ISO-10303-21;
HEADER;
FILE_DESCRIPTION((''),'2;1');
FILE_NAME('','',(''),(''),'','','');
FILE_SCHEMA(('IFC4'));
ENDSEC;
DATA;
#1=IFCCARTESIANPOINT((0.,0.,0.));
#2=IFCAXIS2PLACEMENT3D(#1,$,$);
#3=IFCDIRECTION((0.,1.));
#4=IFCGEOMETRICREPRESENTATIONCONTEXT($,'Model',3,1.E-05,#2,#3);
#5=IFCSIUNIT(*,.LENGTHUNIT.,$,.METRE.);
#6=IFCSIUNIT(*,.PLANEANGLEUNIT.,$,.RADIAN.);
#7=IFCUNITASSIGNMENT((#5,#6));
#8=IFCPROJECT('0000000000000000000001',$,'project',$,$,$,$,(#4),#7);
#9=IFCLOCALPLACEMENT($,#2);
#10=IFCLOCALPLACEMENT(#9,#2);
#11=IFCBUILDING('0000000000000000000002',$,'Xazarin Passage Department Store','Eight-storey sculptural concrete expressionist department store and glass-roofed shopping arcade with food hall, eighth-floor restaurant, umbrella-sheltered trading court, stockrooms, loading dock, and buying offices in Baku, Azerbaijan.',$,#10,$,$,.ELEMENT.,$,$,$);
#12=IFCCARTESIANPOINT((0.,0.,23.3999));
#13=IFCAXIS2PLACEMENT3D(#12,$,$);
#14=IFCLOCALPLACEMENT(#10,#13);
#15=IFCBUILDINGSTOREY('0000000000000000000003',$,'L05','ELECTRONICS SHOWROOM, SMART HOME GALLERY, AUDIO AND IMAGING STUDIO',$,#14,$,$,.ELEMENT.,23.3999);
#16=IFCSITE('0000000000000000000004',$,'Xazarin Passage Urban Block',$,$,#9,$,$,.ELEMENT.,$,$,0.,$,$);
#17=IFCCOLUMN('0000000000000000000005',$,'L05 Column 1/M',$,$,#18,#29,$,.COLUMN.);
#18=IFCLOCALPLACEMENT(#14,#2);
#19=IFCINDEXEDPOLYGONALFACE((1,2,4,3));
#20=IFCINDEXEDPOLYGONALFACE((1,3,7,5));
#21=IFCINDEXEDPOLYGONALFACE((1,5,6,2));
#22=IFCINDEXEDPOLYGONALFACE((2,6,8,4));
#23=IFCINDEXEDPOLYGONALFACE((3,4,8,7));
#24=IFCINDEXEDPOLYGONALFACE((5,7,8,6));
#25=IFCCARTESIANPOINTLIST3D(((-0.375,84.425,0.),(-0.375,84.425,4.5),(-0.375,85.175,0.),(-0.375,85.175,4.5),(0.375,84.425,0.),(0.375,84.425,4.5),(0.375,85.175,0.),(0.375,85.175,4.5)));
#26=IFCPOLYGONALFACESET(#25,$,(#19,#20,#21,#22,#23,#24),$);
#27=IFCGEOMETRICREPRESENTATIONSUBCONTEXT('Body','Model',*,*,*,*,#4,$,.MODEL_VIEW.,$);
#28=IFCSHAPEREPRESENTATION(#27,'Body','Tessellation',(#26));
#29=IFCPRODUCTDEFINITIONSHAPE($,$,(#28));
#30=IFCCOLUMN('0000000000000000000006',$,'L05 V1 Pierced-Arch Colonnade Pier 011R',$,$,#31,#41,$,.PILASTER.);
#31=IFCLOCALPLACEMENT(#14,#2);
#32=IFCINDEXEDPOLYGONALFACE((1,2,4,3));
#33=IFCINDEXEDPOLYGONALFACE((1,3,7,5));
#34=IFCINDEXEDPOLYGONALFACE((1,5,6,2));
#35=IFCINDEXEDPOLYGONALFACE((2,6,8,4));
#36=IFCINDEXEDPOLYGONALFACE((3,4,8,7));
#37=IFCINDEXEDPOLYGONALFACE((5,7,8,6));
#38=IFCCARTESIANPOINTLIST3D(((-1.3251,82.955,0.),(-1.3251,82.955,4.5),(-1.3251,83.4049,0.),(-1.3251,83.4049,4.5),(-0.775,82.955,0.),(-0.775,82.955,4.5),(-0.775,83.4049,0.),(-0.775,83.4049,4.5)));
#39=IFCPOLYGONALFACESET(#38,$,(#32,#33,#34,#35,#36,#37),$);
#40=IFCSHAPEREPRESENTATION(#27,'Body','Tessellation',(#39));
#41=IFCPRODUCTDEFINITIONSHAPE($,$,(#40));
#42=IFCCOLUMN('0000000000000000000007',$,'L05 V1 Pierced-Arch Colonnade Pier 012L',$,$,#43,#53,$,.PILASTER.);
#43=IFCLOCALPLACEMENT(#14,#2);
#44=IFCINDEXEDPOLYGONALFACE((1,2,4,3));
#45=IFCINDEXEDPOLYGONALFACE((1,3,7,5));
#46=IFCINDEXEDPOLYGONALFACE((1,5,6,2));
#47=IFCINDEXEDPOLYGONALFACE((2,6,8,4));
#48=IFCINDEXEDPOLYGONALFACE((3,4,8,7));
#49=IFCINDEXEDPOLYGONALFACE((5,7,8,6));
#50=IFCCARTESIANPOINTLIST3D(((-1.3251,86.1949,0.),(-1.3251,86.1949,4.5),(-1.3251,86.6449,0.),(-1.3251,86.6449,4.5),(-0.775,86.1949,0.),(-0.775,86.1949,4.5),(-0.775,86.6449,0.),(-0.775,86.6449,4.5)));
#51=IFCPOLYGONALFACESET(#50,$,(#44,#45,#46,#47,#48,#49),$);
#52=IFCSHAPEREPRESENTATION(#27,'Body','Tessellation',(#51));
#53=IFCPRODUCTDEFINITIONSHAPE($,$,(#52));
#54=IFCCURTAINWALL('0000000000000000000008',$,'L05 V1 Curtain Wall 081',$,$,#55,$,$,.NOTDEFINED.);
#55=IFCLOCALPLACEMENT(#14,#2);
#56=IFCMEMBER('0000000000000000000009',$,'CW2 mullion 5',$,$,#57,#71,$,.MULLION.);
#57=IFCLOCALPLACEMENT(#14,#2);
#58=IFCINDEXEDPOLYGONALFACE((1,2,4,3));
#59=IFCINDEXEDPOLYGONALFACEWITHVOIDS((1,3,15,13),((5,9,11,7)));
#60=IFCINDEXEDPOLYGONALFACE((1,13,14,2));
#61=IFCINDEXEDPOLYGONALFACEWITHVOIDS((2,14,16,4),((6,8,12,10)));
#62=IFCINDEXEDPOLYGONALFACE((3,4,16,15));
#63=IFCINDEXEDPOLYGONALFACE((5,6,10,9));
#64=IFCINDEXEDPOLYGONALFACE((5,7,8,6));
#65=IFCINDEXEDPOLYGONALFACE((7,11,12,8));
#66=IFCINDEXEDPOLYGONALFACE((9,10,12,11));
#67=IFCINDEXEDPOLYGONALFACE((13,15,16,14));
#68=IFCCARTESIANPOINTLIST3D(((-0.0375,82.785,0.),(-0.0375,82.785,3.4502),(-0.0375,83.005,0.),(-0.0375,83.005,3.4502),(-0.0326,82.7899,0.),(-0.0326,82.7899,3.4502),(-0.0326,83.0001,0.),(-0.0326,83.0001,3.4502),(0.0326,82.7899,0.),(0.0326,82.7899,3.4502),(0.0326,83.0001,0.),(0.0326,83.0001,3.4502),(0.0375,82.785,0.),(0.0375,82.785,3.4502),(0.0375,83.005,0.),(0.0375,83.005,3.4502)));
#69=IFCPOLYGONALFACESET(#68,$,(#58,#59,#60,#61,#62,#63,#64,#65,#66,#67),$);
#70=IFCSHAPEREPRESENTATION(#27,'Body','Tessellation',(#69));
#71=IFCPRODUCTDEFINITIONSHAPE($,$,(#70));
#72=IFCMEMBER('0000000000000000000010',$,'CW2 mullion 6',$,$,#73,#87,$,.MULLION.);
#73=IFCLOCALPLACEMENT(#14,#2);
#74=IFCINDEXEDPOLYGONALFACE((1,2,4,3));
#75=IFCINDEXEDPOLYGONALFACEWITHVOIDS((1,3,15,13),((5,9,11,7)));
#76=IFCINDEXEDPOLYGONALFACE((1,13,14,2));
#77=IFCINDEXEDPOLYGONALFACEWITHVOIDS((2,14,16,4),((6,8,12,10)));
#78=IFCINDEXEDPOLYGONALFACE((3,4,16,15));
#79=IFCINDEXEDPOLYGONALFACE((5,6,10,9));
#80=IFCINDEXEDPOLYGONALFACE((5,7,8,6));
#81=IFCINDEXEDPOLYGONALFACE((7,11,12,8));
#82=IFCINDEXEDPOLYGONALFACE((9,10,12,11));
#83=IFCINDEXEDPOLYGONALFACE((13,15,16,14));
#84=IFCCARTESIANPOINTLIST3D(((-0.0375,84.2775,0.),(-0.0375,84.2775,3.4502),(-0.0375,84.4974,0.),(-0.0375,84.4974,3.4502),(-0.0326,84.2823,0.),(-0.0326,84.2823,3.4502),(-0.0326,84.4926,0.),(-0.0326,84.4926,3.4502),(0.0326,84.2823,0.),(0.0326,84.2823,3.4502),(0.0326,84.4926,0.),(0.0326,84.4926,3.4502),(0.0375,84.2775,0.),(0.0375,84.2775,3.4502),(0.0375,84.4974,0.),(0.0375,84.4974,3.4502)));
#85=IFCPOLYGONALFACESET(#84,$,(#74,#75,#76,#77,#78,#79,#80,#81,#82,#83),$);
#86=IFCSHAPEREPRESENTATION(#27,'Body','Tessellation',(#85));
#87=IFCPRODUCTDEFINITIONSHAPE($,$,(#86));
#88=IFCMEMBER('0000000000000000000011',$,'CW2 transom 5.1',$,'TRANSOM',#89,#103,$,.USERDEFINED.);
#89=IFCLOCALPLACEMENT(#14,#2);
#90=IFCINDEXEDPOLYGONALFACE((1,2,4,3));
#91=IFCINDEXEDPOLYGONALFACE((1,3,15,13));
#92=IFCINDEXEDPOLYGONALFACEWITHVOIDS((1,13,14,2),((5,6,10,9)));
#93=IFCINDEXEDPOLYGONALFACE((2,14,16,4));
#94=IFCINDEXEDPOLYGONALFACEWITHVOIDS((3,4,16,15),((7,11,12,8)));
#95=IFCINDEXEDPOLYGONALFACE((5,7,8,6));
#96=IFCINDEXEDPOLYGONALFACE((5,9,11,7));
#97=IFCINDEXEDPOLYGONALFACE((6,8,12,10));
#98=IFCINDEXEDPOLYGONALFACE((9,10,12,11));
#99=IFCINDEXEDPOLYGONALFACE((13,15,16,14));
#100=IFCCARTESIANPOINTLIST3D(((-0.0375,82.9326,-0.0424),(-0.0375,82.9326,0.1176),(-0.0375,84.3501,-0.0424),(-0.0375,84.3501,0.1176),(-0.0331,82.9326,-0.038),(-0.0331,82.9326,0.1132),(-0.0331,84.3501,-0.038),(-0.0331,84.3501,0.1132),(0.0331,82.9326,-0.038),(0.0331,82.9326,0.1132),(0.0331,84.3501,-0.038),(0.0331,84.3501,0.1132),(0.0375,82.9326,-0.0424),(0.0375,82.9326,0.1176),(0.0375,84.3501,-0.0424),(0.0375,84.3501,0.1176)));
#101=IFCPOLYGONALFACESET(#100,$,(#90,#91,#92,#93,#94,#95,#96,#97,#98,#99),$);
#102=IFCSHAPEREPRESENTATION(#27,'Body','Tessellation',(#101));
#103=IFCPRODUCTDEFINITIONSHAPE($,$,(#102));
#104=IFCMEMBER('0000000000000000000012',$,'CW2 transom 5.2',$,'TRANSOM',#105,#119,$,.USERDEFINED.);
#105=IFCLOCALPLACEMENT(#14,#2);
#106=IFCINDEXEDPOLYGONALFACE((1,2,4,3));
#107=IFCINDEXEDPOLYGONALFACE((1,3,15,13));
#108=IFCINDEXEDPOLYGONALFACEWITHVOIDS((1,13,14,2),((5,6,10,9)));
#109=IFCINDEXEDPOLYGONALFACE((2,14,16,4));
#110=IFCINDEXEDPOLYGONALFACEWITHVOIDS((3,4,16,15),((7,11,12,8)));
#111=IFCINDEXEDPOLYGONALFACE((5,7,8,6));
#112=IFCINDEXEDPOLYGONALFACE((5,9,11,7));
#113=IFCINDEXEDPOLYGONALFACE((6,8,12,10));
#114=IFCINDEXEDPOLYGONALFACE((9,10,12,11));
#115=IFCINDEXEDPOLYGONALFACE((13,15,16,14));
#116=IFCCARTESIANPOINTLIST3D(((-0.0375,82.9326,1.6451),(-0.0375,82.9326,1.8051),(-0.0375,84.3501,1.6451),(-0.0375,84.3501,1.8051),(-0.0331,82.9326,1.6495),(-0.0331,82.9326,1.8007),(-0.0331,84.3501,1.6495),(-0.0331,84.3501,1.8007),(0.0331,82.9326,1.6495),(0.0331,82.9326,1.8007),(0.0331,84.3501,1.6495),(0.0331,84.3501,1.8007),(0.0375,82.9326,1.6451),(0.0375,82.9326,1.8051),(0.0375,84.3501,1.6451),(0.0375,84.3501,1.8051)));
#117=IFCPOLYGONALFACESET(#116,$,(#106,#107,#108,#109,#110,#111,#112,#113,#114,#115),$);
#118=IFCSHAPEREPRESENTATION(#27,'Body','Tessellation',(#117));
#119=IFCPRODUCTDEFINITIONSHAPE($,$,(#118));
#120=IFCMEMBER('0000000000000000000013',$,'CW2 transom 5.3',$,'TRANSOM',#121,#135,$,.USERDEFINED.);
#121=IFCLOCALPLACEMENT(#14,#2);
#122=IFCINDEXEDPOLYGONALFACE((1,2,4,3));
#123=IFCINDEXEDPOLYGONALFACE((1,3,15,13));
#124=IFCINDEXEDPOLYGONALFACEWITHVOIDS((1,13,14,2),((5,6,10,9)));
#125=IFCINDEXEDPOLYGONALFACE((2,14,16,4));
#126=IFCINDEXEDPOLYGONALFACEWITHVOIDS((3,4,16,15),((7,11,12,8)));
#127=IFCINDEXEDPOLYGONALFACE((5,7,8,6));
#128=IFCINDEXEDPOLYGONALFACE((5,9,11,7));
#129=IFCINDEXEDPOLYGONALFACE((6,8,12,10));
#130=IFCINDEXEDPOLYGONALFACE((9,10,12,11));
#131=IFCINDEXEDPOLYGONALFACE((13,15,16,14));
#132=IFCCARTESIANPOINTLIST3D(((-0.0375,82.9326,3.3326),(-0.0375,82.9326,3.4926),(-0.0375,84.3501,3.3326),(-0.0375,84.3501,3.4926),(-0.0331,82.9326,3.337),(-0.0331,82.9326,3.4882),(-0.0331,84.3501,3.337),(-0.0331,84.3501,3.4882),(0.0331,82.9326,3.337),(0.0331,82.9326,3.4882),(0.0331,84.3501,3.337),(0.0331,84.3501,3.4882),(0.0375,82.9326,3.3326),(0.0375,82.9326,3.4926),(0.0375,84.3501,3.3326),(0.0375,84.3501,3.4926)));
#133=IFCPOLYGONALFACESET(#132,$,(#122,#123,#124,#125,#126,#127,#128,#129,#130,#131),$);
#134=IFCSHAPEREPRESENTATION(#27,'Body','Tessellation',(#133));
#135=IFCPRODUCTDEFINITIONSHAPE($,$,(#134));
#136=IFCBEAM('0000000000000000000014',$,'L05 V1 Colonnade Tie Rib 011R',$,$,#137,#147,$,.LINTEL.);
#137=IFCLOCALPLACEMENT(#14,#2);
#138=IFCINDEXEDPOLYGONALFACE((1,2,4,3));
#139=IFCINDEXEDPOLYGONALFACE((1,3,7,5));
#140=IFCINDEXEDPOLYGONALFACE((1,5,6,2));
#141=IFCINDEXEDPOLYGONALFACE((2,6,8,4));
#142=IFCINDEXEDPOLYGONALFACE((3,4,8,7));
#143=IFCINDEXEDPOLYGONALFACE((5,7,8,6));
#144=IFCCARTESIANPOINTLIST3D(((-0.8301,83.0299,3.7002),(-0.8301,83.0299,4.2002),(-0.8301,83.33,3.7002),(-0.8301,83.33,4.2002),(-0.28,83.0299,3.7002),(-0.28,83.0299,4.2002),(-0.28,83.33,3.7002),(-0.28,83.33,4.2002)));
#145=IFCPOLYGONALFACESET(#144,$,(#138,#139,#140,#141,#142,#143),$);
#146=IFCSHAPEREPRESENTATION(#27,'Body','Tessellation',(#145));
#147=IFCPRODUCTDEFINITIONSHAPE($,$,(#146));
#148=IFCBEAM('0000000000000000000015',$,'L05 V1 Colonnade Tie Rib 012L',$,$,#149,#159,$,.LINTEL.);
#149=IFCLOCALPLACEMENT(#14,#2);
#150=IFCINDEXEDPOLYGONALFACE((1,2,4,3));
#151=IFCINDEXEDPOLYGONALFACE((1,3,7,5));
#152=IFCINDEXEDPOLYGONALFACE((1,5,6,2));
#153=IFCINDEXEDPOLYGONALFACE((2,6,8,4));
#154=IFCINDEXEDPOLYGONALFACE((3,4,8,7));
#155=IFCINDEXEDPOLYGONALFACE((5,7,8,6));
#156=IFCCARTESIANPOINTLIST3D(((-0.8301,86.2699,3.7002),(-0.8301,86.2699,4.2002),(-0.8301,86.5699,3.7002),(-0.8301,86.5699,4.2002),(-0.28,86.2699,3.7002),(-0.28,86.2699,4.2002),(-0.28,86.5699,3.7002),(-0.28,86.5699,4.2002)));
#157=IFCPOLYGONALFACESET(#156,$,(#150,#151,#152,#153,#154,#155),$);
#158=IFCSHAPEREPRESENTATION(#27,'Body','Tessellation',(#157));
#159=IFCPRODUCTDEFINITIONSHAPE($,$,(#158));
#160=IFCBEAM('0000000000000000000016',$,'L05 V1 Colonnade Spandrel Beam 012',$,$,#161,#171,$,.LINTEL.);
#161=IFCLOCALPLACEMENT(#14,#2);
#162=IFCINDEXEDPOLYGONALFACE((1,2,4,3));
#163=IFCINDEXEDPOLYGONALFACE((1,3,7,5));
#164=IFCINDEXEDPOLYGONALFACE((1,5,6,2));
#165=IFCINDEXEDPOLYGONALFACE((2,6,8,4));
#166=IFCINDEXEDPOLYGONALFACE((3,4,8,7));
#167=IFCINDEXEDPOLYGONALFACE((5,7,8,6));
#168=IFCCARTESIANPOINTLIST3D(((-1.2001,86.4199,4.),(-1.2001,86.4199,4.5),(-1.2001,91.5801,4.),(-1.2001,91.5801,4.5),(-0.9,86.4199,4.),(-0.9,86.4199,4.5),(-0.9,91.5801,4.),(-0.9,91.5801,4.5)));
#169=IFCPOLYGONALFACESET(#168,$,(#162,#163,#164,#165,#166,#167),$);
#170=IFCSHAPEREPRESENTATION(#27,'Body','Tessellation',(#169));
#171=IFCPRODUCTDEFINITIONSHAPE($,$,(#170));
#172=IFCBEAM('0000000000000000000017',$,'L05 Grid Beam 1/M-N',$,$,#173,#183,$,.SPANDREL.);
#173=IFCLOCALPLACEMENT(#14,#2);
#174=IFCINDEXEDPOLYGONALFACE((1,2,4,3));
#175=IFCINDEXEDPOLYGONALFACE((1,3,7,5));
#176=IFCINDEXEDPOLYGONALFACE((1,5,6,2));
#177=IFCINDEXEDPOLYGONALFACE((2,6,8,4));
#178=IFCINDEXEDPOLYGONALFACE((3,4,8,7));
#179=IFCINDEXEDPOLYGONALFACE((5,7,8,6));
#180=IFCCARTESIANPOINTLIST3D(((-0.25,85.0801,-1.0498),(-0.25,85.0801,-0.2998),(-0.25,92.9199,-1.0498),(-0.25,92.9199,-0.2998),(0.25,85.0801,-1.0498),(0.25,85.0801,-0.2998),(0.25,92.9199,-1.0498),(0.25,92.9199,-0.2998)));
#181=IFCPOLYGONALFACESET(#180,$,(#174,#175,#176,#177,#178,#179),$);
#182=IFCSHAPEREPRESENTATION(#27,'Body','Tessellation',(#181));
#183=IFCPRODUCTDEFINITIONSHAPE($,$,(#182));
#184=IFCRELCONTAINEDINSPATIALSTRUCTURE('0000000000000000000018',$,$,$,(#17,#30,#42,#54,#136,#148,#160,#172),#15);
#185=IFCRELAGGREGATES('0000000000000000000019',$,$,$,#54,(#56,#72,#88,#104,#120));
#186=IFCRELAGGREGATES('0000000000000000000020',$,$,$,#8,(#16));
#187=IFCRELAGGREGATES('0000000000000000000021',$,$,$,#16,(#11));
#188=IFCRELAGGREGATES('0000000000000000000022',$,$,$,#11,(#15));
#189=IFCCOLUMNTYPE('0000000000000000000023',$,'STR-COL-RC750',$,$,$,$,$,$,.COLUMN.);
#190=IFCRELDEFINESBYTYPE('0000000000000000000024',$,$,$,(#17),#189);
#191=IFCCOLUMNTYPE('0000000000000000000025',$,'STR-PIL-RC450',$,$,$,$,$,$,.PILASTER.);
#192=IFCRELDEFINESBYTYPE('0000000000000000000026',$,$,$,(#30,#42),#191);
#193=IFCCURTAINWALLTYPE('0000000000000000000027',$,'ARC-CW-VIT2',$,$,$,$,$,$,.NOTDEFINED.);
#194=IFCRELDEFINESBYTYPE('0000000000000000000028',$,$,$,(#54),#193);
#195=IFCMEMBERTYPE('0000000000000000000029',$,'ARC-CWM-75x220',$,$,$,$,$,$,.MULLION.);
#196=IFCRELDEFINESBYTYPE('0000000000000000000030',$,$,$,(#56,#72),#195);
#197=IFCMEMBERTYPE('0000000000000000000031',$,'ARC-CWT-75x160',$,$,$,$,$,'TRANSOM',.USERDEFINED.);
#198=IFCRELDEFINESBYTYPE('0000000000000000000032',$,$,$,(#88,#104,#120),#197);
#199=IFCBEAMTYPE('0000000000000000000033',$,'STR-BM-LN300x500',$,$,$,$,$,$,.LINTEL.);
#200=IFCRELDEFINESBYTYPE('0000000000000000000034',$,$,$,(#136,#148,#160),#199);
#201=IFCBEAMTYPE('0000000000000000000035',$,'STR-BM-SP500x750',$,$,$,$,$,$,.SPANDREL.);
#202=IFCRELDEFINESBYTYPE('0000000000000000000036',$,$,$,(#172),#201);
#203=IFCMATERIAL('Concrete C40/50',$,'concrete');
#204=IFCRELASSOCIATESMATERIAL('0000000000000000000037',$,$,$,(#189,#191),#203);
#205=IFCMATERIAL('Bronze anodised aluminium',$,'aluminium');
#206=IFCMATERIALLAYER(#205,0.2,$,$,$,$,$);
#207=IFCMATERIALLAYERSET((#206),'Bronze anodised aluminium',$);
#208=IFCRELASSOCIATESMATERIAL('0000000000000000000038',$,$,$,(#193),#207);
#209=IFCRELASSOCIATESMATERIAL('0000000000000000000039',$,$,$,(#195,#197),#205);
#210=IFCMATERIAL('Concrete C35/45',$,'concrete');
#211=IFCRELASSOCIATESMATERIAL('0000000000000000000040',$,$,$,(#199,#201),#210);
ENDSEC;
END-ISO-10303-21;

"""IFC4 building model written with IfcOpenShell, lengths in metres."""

from ifc_helpers import new_model, si_unit, direction, frame, origin, origin_2d, place, context, subcontext, project, spatial, rectangle, hollow_rectangle, extrude, material, layer, layer_set, material_profile, profile_set, type_object, element, aggregate, save


model = new_model("IFC4")

# Units and contexts
model_context = context("Model", 3, precision=1e-05, world=origin(), true_north=direction((0.0, 1.0)))
body_context = subcontext(model_context, "Body", "Model", "MODEL_VIEW")
ifc_project = project(units=[si_unit("LENGTHUNIT", "METRE"), si_unit("PLANEANGLEUNIT", "RADIAN")], contexts=[model_context])

# Site, building, storey
site_placement = place(None, origin())
site = spatial("IfcSite", under=ifc_project, at=site_placement, Name="Xazarin Passage Urban Block", CompositionType="ELEMENT", RefElevation=0.0)
building_placement = place(site_placement, origin())
building = spatial("IfcBuilding", under=site, at=building_placement, Name="Xazarin Passage Department Store", Description="Eight-storey sculptural concrete expressionist department store and glass-roofed shopping arcade with food hall, eighth-floor restaurant, umbrella-sheltered trading court, stockrooms, loading dock, and buying offices in Baku, Azerbaijan.", CompositionType="ELEMENT")
storey_placement = place(building_placement, frame((0.0, 0.0, 23.3999)))
storey = spatial("IfcBuildingStorey", under=building, at=storey_placement, Name="L05", Description="ELECTRONICS SHOWROOM, SMART HOME GALLERY, AUDIO AND IMAGING STUDIO", CompositionType="ELEMENT", Elevation=23.3999)

# Columns
ifc_material_1 = material(Name="Concrete C40/50", Category="concrete")
ifc_material_profile_1 = material_profile(ifc_material_1, rectangle(XDim=0.75, YDim=0.75, at=origin_2d()), Name="RC 750x750")
ifc_profile_set_1 = profile_set([ifc_material_profile_1], Name="Concrete C40/50")
column_type_1 = type_object("IfcColumnType", Name="STR-COL-RC750", PredefinedType="COLUMN", material=ifc_profile_set_1)
column_placement = place(storey_placement, frame((0.0, 84.8, 0.0), z_axis=(0.0, 0.0, 1.0), x_axis=(1.0, 0.0, 0.0)))
element("IfcColumn", 1, at=column_placement, inside=storey, type_object=column_type_1, Name="L05 Column 1/M", PredefinedType="COLUMN", context=body_context, shape_type="SweptSolid", body=[
    extrude(rectangle(XDim=0.75, YDim=0.75, at=origin_2d()), origin(), (0.0, 0.0, 1.0), 4.5),
])
ifc_material_profile_2 = material_profile(ifc_material_1, rectangle(XDim=0.45, YDim=0.55, at=origin_2d()), Name="RC 450x550")
ifc_profile_set_2 = profile_set([ifc_material_profile_2], Name="Concrete C40/50")
column_type_2 = type_object("IfcColumnType", Name="STR-PIL-RC450", PredefinedType="PILASTER", material=ifc_profile_set_2)
for number, where, z_axis, x_axis, name in (
    (2, (-1.05, 83.1799, 0.0), (0.0, 0.0, 1.0), (0.0, 1.0, 0.0), "L05 V1 Pierced-Arch Colonnade Pier 011R"),
    (3, (-1.05, 86.4199, 0.0), (0.0, 0.0, 1.0), (0.0, 1.0, 0.0), "L05 V1 Pierced-Arch Colonnade Pier 012L"),
):
    element("IfcColumn", number, at=place(storey_placement, frame(where, z_axis=z_axis, x_axis=x_axis)), inside=storey, type_object=column_type_2, Name=name, PredefinedType="PILASTER", context=body_context, shape_type="SweptSolid", body=[
        extrude(rectangle(XDim=0.45, YDim=0.55, at=origin_2d()), origin(), (0.0, 0.0, 1.0), 4.5),
    ])

# Curtain wall, members
ifc_material_2 = material(Name="Bronze anodised aluminium", Category="aluminium")
ifc_layer_1 = layer(ifc_material_2, 0.2)
ifc_layer_set_1 = layer_set([ifc_layer_1], Name="Bronze anodised aluminium")
curtain_wall_type = type_object("IfcCurtainWallType", Name="ARC-CW-VIT2", PredefinedType="NOTDEFINED", material=ifc_layer_set_1)
curtain_wall_placement = place(storey_placement, origin())
curtain_wall = element("IfcCurtainWall", 4, at=curtain_wall_placement, inside=storey, type_object=curtain_wall_type, Name="L05 V1 Curtain Wall 081", PredefinedType="NOTDEFINED")
ifc_material_profile_3 = material_profile(ifc_material_2, hollow_rectangle(XDim=0.075, YDim=0.22, WallThickness=0.0049, at=origin_2d()), Name="ALU 75x220")
ifc_profile_set_3 = profile_set([ifc_material_profile_3], Name="Bronze anodised aluminium")
member_type_1 = type_object("IfcMemberType", Name="ARC-CWM-75x220", PredefinedType="MULLION", material=ifc_profile_set_3)
member_1_placement = place(storey_placement, frame((0.0, 82.895, 0.0), z_axis=(0.0, 0.0, 1.0), x_axis=(-1.0, 0.0, 0.0)))
member_1 = element("IfcMember", 5, at=member_1_placement, type_object=member_type_1, Name="CW2 mullion 5", PredefinedType="MULLION", context=body_context, shape_type="SweptSolid", body=[
    extrude(hollow_rectangle(XDim=0.075, YDim=0.22, WallThickness=0.0049, at=origin_2d()), origin(), (0.0, 0.0, 1.0), 3.4502),
])
member_2_placement = place(storey_placement, frame((0.0, 84.3875, 0.0), z_axis=(0.0, 0.0, 1.0), x_axis=(-1.0, 0.0, 0.0)))
member_2 = element("IfcMember", 6, at=member_2_placement, type_object=member_type_1, Name="CW2 mullion 6", PredefinedType="MULLION", context=body_context, shape_type="SweptSolid", body=[
    extrude(hollow_rectangle(XDim=0.075, YDim=0.22, WallThickness=0.0049, at=origin_2d()), origin(), (0.0, 0.0, 1.0), 3.4502),
])
ifc_material_profile_4 = material_profile(ifc_material_2, hollow_rectangle(XDim=0.075, YDim=0.1599, WallThickness=0.0044, at=origin_2d()), Name="ALU 75x160")
ifc_profile_set_4 = profile_set([ifc_material_profile_4], Name="Bronze anodised aluminium")
member_type_2 = type_object("IfcMemberType", Name="ARC-CWT-75x160", ElementType="TRANSOM", PredefinedType="USERDEFINED", material=ifc_profile_set_4)
member_3_placement = place(storey_placement, frame((0.0, 82.9326, 0.0376), z_axis=(0.0, 1.0, 0.0), x_axis=(-1.0, 0.0, 0.0)))
member_3 = element("IfcMember", 7, at=member_3_placement, type_object=member_type_2, Name="CW2 transom 5.1", ObjectType="TRANSOM", PredefinedType="USERDEFINED", context=body_context, shape_type="SweptSolid", body=[
    extrude(hollow_rectangle(XDim=0.075, YDim=0.1599, WallThickness=0.0044, at=origin_2d()), origin(), (0.0, 0.0, 1.0), 1.4175),
])
member_4_placement = place(storey_placement, frame((0.0, 82.9326, 1.7251), z_axis=(0.0, 1.0, 0.0), x_axis=(-1.0, 0.0, 0.0)))
member_4 = element("IfcMember", 8, at=member_4_placement, type_object=member_type_2, Name="CW2 transom 5.2", ObjectType="TRANSOM", PredefinedType="USERDEFINED", context=body_context, shape_type="SweptSolid", body=[
    extrude(hollow_rectangle(XDim=0.075, YDim=0.1599, WallThickness=0.0044, at=origin_2d()), origin(), (0.0, 0.0, 1.0), 1.4175),
])
member_5_placement = place(storey_placement, frame((0.0, 82.9326, 3.4126), z_axis=(0.0, 1.0, 0.0), x_axis=(-1.0, 0.0, 0.0)))
member_5 = element("IfcMember", 9, at=member_5_placement, type_object=member_type_2, Name="CW2 transom 5.3", ObjectType="TRANSOM", PredefinedType="USERDEFINED", context=body_context, shape_type="SweptSolid", body=[
    extrude(hollow_rectangle(XDim=0.075, YDim=0.1599, WallThickness=0.0044, at=origin_2d()), origin(), (0.0, 0.0, 1.0), 1.4175),
])

# Beams
ifc_material_3 = material(Name="Concrete C35/45", Category="concrete")
ifc_material_profile_5 = material_profile(ifc_material_3, rectangle(XDim=0.3, YDim=0.5, at=origin_2d()), Name="RC 300x500")
ifc_profile_set_5 = profile_set([ifc_material_profile_5], Name="Concrete C35/45")
beam_type_1 = type_object("IfcBeamType", Name="STR-BM-LN300x500", PredefinedType="LINTEL", material=ifc_profile_set_5)
for number, where, z_axis, x_axis, name in (
    (10, (-0.28, 83.1799, 3.9502), (-1.0, 0.0, 0.0), (0.0, -1.0, 0.0), "L05 V1 Colonnade Tie Rib 011R"),
    (11, (-0.28, 86.4199, 3.9502), (-1.0, 0.0, 0.0), (0.0, -1.0, 0.0), "L05 V1 Colonnade Tie Rib 012L"),
):
    element("IfcBeam", number, at=place(storey_placement, frame(where, z_axis=z_axis, x_axis=x_axis)), inside=storey, type_object=beam_type_1, Name=name, PredefinedType="LINTEL", context=body_context, shape_type="SweptSolid", body=[
        extrude(rectangle(XDim=0.3, YDim=0.5, at=origin_2d()), origin(), (0.0, 0.0, 1.0), 0.55),
    ])
beam_1_placement = place(storey_placement, frame((-1.05, 86.4199, 4.25), z_axis=(0.0, 1.0, 0.0), x_axis=(-1.0, 0.0, 0.0)))
element("IfcBeam", 12, at=beam_1_placement, inside=storey, type_object=beam_type_1, Name="L05 V1 Colonnade Spandrel Beam 012", PredefinedType="LINTEL", context=body_context, shape_type="SweptSolid", body=[
    extrude(rectangle(XDim=0.3, YDim=0.5, at=origin_2d()), origin(), (0.0, 0.0, 1.0), 5.1602),
])
ifc_material_profile_6 = material_profile(ifc_material_3, rectangle(XDim=0.5, YDim=0.75, at=origin_2d()), Name="RC 500x750")
ifc_profile_set_6 = profile_set([ifc_material_profile_6], Name="Concrete C35/45")
beam_type_2 = type_object("IfcBeamType", Name="STR-BM-SP500x750", PredefinedType="SPANDREL", material=ifc_profile_set_6)
beam_2_placement = place(storey_placement, frame((0.0, 85.0801, -0.6748), z_axis=(0.0, 1.0, 0.0), x_axis=(-1.0, 0.0, 0.0)))
element("IfcBeam", 13, at=beam_2_placement, inside=storey, type_object=beam_type_2, Name="L05 Grid Beam 1/M-N", PredefinedType="SPANDREL", context=body_context, shape_type="SweptSolid", body=[
    extrude(rectangle(XDim=0.5, YDim=0.75, at=origin_2d()), origin(), (0.0, 0.0, 1.0), 7.8398),
])

aggregate(curtain_wall, [member_1, member_2, member_3, member_4, member_5])

save(model, "model.ifc")
